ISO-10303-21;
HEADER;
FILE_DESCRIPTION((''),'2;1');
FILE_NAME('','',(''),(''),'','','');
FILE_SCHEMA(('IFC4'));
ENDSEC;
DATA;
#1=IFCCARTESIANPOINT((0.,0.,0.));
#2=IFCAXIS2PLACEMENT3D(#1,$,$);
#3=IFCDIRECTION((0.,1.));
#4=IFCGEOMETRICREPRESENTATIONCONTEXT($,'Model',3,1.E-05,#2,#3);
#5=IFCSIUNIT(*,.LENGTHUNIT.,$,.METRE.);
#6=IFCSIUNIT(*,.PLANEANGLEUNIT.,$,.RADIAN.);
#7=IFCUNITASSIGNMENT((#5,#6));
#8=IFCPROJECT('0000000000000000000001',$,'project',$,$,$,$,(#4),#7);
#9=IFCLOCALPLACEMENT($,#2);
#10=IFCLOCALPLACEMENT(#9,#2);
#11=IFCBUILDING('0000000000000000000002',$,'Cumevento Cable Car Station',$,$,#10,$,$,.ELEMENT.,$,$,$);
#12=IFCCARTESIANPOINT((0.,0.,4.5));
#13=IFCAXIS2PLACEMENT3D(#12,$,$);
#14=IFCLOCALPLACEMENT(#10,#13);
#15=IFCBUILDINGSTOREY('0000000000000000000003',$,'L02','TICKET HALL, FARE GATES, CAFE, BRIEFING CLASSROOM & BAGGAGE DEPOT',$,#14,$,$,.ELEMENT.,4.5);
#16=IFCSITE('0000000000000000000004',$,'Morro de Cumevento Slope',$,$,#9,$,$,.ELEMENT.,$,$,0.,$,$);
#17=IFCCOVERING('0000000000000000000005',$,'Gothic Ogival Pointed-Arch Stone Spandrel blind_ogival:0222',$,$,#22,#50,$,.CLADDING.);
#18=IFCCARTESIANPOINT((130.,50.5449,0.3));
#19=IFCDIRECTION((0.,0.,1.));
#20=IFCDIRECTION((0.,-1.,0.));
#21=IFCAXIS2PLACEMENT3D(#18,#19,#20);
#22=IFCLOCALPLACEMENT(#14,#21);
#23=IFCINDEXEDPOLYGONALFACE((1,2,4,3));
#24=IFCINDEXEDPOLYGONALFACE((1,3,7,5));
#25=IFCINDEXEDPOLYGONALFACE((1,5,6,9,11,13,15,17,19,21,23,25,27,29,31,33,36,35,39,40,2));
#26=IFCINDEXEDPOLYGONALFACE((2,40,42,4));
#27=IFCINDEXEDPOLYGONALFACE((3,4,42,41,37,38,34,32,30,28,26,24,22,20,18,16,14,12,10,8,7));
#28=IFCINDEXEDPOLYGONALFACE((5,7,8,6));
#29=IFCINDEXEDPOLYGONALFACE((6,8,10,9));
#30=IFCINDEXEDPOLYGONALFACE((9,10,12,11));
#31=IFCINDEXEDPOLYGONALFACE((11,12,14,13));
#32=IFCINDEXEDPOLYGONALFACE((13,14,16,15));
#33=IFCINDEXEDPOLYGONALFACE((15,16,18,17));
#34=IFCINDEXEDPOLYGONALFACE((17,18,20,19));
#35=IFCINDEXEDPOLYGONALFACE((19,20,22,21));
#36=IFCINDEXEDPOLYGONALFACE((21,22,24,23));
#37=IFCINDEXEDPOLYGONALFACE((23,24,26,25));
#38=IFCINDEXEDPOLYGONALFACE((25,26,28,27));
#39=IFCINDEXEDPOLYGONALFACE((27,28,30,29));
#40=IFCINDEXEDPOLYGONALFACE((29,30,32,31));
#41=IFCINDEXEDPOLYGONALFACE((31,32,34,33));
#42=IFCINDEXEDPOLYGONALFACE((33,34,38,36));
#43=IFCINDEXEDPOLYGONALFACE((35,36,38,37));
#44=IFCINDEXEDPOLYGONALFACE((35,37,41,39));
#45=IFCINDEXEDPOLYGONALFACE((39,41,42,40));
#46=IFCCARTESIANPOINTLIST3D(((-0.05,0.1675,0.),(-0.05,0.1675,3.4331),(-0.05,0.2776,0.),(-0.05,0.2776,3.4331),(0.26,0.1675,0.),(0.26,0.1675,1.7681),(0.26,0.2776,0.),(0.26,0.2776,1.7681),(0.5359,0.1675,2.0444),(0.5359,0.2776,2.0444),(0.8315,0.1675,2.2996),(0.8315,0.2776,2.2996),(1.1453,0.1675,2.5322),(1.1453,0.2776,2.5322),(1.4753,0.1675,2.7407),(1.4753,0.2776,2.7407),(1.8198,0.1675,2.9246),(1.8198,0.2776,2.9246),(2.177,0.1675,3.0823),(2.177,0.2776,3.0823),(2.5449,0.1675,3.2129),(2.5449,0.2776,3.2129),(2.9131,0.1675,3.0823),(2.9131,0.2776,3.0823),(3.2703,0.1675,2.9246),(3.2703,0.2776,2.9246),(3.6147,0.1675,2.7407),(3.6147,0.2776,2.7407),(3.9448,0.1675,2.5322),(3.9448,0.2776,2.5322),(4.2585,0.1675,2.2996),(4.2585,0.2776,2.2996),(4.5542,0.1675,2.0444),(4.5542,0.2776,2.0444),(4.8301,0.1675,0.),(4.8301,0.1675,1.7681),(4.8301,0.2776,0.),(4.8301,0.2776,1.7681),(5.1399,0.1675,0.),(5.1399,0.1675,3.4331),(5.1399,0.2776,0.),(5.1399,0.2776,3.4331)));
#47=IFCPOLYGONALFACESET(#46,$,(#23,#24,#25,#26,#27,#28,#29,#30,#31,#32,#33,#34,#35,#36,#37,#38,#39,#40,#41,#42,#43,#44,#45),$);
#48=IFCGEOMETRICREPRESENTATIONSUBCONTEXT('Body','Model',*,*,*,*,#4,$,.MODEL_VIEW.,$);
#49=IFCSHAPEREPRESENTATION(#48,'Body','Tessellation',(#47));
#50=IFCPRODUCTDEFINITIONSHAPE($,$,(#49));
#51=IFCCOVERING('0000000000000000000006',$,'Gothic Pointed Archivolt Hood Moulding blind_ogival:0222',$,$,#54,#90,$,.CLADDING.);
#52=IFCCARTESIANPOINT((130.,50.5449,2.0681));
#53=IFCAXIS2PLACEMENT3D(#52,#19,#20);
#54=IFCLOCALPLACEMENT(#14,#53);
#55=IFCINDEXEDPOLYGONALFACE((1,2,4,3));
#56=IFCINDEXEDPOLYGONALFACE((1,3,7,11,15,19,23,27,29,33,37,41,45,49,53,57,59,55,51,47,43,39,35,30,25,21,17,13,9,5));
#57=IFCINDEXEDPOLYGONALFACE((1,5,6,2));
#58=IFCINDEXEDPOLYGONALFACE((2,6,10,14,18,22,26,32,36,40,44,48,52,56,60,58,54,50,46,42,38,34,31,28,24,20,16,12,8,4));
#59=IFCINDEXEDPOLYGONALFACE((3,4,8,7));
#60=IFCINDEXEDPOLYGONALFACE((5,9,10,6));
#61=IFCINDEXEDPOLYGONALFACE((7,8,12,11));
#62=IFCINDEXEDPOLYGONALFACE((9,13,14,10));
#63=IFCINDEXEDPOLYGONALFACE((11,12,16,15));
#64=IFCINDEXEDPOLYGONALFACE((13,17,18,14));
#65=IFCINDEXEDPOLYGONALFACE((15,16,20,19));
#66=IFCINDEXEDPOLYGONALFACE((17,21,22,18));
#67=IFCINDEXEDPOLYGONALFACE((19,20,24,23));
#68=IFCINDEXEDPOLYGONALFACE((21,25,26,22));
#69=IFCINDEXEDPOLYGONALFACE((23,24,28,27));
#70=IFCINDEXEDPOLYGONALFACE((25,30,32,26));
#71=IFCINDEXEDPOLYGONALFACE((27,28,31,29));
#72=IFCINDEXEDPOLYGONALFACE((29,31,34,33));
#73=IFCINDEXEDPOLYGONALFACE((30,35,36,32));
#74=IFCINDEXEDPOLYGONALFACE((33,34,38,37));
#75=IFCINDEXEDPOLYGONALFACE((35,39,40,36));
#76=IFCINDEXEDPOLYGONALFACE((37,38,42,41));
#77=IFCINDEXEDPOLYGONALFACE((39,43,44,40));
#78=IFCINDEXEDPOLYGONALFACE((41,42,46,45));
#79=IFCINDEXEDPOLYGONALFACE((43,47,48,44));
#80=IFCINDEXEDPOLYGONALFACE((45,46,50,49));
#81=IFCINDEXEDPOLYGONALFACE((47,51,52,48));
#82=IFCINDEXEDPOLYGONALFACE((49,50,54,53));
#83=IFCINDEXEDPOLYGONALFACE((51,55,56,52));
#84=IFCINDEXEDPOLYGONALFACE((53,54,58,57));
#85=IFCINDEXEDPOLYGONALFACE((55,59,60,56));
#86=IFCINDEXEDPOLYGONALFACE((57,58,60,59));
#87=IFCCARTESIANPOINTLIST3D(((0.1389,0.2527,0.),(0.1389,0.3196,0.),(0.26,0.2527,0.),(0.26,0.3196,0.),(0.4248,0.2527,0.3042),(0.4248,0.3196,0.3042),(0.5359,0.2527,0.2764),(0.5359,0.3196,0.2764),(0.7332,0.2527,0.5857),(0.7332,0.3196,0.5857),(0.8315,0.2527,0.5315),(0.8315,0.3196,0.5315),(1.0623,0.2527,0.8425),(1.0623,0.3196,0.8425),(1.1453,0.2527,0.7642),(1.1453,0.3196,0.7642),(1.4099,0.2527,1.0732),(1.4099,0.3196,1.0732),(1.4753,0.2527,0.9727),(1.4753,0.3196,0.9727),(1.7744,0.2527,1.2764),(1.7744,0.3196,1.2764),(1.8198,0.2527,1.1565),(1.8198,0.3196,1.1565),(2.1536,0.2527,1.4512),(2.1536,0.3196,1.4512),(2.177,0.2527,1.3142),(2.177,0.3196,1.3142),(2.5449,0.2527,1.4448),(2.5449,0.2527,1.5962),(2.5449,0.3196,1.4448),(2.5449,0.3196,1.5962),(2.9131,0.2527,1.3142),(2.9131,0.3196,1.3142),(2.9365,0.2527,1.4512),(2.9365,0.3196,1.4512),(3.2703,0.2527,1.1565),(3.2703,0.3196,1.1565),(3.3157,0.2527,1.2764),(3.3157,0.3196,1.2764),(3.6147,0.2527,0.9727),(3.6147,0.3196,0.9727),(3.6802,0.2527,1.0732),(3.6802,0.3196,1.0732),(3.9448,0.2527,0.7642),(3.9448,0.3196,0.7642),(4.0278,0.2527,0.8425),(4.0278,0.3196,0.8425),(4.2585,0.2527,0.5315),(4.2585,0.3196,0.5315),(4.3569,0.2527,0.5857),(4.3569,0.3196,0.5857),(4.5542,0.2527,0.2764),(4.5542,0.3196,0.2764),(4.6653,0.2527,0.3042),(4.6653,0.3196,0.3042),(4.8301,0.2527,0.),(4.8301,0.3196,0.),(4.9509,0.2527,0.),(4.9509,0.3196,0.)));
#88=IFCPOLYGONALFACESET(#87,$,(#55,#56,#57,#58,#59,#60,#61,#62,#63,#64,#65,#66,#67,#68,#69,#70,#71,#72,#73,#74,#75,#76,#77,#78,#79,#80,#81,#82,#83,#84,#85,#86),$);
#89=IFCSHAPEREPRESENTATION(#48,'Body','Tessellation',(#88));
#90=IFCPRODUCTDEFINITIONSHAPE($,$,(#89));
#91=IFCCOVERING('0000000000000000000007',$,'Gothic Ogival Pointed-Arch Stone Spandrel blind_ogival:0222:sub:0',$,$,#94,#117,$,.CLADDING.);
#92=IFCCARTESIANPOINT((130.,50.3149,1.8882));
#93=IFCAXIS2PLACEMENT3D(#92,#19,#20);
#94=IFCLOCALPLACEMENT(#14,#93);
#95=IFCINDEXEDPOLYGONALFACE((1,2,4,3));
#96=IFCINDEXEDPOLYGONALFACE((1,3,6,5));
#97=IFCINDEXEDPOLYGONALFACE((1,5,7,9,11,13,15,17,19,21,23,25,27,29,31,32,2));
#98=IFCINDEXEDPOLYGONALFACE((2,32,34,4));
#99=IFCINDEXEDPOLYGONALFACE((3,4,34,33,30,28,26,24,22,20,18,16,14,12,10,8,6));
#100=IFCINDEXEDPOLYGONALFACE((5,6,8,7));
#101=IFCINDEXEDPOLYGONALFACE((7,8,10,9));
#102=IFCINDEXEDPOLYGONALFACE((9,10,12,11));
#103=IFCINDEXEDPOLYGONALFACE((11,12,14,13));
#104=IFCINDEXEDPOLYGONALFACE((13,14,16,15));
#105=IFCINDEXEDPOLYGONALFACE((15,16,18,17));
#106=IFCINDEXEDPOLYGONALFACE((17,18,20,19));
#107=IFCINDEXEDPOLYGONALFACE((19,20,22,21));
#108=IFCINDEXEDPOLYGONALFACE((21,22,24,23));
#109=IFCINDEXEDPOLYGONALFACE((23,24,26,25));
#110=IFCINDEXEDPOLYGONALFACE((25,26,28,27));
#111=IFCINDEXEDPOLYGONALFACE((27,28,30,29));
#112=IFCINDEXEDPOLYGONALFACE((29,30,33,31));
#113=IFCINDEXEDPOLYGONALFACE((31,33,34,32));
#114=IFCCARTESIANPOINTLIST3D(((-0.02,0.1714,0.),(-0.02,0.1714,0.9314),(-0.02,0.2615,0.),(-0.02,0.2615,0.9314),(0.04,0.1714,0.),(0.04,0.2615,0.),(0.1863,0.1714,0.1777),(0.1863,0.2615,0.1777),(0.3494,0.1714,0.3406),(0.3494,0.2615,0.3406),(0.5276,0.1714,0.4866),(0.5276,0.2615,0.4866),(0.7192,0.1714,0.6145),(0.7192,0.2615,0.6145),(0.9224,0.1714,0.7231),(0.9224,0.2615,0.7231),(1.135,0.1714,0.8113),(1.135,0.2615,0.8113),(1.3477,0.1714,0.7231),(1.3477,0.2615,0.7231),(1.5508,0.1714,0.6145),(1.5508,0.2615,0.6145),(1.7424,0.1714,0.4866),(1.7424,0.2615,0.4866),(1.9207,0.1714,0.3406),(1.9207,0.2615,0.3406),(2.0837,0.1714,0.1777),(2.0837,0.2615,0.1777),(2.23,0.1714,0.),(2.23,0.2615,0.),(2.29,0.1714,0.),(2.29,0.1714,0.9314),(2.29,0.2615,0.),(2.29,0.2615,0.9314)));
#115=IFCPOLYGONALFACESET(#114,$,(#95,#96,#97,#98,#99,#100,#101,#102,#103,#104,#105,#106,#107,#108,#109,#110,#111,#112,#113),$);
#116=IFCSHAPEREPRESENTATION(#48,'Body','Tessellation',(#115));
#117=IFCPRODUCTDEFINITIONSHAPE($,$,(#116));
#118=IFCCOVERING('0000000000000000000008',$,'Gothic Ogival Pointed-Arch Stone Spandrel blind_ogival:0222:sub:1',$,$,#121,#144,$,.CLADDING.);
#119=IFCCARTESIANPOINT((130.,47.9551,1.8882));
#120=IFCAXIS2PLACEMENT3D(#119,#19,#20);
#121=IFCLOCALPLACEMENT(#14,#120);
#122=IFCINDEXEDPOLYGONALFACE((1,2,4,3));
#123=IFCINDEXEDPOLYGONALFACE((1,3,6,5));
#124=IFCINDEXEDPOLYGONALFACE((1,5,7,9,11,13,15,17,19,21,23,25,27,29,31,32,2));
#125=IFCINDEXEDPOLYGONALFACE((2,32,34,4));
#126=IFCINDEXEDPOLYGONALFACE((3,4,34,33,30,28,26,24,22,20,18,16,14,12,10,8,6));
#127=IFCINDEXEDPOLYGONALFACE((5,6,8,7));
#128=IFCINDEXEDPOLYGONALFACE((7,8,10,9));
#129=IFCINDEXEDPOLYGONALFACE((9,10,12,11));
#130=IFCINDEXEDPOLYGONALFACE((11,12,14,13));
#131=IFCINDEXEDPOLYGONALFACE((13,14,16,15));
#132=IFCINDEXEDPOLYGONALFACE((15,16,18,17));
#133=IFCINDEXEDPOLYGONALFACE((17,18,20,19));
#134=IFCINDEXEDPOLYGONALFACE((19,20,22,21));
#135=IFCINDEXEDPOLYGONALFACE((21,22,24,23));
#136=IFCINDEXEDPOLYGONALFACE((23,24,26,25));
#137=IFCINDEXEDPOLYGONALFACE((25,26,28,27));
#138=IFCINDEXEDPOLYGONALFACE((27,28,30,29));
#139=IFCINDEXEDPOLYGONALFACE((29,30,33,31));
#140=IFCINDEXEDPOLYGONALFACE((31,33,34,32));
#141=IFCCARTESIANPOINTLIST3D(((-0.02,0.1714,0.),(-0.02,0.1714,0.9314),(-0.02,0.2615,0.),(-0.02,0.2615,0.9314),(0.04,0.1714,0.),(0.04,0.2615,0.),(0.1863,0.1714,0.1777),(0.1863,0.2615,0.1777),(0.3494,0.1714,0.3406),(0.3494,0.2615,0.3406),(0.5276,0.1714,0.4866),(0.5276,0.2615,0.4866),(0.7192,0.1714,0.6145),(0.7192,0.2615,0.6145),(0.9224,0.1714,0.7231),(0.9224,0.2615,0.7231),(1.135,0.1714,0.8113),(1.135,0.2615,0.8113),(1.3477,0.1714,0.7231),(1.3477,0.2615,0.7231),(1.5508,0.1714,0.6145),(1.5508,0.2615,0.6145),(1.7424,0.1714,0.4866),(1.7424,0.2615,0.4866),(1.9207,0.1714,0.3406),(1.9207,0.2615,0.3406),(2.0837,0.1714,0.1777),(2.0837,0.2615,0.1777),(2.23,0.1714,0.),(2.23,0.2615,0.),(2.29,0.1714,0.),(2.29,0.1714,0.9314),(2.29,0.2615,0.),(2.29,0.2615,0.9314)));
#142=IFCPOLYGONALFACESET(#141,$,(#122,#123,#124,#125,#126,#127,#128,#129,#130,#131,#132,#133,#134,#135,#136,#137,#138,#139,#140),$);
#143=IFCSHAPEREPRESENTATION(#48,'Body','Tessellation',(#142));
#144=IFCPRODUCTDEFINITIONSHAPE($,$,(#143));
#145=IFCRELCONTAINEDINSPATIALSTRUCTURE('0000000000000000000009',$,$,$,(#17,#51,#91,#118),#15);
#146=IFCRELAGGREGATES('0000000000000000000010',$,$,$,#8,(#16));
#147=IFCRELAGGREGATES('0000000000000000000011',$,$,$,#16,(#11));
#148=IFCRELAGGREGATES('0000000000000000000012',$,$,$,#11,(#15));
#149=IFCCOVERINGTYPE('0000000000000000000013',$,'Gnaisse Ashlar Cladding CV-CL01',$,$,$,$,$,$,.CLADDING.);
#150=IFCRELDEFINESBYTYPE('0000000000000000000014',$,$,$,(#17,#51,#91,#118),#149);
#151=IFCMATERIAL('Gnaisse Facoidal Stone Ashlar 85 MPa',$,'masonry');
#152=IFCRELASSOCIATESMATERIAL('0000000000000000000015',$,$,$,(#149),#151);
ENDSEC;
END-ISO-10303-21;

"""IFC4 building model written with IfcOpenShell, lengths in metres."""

from ifc_helpers import new_model, si_unit, direction, frame, origin, place, context, subcontext, project, spatial, polyline, outline, extrude, material, type_object, element, save


model = new_model("IFC4")

# Units and contexts
model_context = context("Model", 3, precision=1e-05, world=origin(), true_north=direction((0.0, 1.0)))
body_context = subcontext(model_context, "Body", "Model", "MODEL_VIEW")
ifc_project = project(units=[si_unit("LENGTHUNIT", "METRE"), si_unit("PLANEANGLEUNIT", "RADIAN")], contexts=[model_context])

# Site, building, storey
site_placement = place(None, origin())
site = spatial("IfcSite", under=ifc_project, at=site_placement, Name="Morro de Cumevento Slope", CompositionType="ELEMENT", RefElevation=0.0)
building_placement = place(site_placement, origin())
building = spatial("IfcBuilding", under=site, at=building_placement, Name="Cumevento Cable Car Station", CompositionType="ELEMENT")
storey_placement = place(building_placement, frame((0.0, 0.0, 4.5)))
storey = spatial("IfcBuildingStorey", under=building, at=storey_placement, Name="L02", Description="TICKET HALL, FARE GATES, CAFE, BRIEFING CLASSROOM & BAGGAGE DEPOT", CompositionType="ELEMENT", Elevation=4.5)

# Coverings
ifc_material_1 = material(Name="Gnaisse Facoidal Stone Ashlar 85 MPa", Category="masonry")
covering_type = type_object("IfcCoveringType", Name="Gnaisse Ashlar Cladding CV-CL01", PredefinedType="CLADDING", material=ifc_material_1)
covering_1_placement = place(storey_placement, frame((130.0, 50.5449, 0.3), z_axis=(0.0, 0.0, 1.0), x_axis=(0.0, -1.0, 0.0)))
element("IfcCovering", 1, at=covering_1_placement, inside=storey, type_object=covering_type, Name="Gothic Ogival Pointed-Arch Stone Spandrel blind_ogival:0222", PredefinedType="CLADDING", context=body_context, shape_type="SweptSolid", body=[
    extrude(outline(polyline([(-0.05, 0.0), (-0.05, 3.4331), (5.1399, 3.4331), (5.1399, 0.0), (4.8301, 0.0), (4.8301, 1.7681), (4.5542, 2.0444), (4.2585, 2.2996), (3.9448, 2.5322), (3.6147, 2.7407), (3.2703, 2.9246), (2.9131, 3.0823), (2.5449, 3.2129), (2.177, 3.0823), (1.8198, 2.9246), (1.4753, 2.7407), (1.1453, 2.5322), (0.8315, 2.2996), (0.5359, 2.0444), (0.26, 1.7681), (0.26, 0.0), (-0.05, 0.0)])), frame((0.0, 0.2776, 0.0), z_axis=(0.0, -1.0, 0.0), x_axis=(1.0, 0.0, 0.0)), (0.0, 0.0, 1.0), 0.1101),
])
covering_2_placement = place(storey_placement, frame((130.0, 50.5449, 2.0681), z_axis=(0.0, 0.0, 1.0), x_axis=(0.0, -1.0, 0.0)))
element("IfcCovering", 2, at=covering_2_placement, inside=storey, type_object=covering_type, Name="Gothic Pointed Archivolt Hood Moulding blind_ogival:0222", PredefinedType="CLADDING", context=body_context, shape_type="SweptSolid", body=[
    extrude(outline(polyline([(0.26, 0.0), (0.5359, 0.2764), (0.8315, 0.5315), (1.1453, 0.7642), (1.4753, 0.9727), (1.8198, 1.1565), (2.177, 1.3142), (2.5449, 1.4448), (2.9131, 1.3142), (3.2703, 1.1565), (3.6147, 0.9727), (3.9448, 0.7642), (4.2585, 0.5315), (4.5542, 0.2764), (4.8301, 0.0), (4.9509, 0.0), (4.6653, 0.3042), (4.3569, 0.5857), (4.0278, 0.8425), (3.6802, 1.0732), (3.3157, 1.2764), (2.9365, 1.4512), (2.5449, 1.5962), (2.1536, 1.4512), (1.7744, 1.2764), (1.4099, 1.0732), (1.0623, 0.8425), (0.7332, 0.5857), (0.4248, 0.3042), (0.1389, 0.0), (0.26, 0.0)])), frame((0.0, 0.3196, 0.0), z_axis=(0.0, -1.0, 0.0), x_axis=(1.0, 0.0, 0.0)), (0.0, 0.0, 1.0), 0.0669),
])
for number, where, z_axis, x_axis, name in (
    (3, (130.0, 50.3149, 1.8882), (0.0, 0.0, 1.0), (0.0, -1.0, 0.0), "Gothic Ogival Pointed-Arch Stone Spandrel blind_ogival:0222:sub:0"),
    (4, (130.0, 47.9551, 1.8882), (0.0, 0.0, 1.0), (0.0, -1.0, 0.0), "Gothic Ogival Pointed-Arch Stone Spandrel blind_ogival:0222:sub:1"),
):
    element("IfcCovering", number, at=place(storey_placement, frame(where, z_axis=z_axis, x_axis=x_axis)), inside=storey, type_object=covering_type, Name=name, PredefinedType="CLADDING", context=body_context, shape_type="SweptSolid", body=[
        extrude(outline(polyline([(-0.02, 0.0), (-0.02, 0.9314), (2.29, 0.9314), (2.29, 0.0), (2.23, 0.0), (2.0837, 0.1777), (1.9207, 0.3406), (1.7424, 0.4866), (1.5508, 0.6145), (1.3477, 0.7231), (1.135, 0.8113), (0.9224, 0.7231), (0.7192, 0.6145), (0.5276, 0.4866), (0.3494, 0.3406), (0.1863, 0.1777), (0.04, 0.0), (-0.02, 0.0)])), frame((0.0, 0.2615, 0.0), z_axis=(0.0, -1.0, 0.0), x_axis=(1.0, 0.0, 0.0)), (0.0, 0.0, 1.0), 0.0901),
    ])

save(model, "model.ifc")
